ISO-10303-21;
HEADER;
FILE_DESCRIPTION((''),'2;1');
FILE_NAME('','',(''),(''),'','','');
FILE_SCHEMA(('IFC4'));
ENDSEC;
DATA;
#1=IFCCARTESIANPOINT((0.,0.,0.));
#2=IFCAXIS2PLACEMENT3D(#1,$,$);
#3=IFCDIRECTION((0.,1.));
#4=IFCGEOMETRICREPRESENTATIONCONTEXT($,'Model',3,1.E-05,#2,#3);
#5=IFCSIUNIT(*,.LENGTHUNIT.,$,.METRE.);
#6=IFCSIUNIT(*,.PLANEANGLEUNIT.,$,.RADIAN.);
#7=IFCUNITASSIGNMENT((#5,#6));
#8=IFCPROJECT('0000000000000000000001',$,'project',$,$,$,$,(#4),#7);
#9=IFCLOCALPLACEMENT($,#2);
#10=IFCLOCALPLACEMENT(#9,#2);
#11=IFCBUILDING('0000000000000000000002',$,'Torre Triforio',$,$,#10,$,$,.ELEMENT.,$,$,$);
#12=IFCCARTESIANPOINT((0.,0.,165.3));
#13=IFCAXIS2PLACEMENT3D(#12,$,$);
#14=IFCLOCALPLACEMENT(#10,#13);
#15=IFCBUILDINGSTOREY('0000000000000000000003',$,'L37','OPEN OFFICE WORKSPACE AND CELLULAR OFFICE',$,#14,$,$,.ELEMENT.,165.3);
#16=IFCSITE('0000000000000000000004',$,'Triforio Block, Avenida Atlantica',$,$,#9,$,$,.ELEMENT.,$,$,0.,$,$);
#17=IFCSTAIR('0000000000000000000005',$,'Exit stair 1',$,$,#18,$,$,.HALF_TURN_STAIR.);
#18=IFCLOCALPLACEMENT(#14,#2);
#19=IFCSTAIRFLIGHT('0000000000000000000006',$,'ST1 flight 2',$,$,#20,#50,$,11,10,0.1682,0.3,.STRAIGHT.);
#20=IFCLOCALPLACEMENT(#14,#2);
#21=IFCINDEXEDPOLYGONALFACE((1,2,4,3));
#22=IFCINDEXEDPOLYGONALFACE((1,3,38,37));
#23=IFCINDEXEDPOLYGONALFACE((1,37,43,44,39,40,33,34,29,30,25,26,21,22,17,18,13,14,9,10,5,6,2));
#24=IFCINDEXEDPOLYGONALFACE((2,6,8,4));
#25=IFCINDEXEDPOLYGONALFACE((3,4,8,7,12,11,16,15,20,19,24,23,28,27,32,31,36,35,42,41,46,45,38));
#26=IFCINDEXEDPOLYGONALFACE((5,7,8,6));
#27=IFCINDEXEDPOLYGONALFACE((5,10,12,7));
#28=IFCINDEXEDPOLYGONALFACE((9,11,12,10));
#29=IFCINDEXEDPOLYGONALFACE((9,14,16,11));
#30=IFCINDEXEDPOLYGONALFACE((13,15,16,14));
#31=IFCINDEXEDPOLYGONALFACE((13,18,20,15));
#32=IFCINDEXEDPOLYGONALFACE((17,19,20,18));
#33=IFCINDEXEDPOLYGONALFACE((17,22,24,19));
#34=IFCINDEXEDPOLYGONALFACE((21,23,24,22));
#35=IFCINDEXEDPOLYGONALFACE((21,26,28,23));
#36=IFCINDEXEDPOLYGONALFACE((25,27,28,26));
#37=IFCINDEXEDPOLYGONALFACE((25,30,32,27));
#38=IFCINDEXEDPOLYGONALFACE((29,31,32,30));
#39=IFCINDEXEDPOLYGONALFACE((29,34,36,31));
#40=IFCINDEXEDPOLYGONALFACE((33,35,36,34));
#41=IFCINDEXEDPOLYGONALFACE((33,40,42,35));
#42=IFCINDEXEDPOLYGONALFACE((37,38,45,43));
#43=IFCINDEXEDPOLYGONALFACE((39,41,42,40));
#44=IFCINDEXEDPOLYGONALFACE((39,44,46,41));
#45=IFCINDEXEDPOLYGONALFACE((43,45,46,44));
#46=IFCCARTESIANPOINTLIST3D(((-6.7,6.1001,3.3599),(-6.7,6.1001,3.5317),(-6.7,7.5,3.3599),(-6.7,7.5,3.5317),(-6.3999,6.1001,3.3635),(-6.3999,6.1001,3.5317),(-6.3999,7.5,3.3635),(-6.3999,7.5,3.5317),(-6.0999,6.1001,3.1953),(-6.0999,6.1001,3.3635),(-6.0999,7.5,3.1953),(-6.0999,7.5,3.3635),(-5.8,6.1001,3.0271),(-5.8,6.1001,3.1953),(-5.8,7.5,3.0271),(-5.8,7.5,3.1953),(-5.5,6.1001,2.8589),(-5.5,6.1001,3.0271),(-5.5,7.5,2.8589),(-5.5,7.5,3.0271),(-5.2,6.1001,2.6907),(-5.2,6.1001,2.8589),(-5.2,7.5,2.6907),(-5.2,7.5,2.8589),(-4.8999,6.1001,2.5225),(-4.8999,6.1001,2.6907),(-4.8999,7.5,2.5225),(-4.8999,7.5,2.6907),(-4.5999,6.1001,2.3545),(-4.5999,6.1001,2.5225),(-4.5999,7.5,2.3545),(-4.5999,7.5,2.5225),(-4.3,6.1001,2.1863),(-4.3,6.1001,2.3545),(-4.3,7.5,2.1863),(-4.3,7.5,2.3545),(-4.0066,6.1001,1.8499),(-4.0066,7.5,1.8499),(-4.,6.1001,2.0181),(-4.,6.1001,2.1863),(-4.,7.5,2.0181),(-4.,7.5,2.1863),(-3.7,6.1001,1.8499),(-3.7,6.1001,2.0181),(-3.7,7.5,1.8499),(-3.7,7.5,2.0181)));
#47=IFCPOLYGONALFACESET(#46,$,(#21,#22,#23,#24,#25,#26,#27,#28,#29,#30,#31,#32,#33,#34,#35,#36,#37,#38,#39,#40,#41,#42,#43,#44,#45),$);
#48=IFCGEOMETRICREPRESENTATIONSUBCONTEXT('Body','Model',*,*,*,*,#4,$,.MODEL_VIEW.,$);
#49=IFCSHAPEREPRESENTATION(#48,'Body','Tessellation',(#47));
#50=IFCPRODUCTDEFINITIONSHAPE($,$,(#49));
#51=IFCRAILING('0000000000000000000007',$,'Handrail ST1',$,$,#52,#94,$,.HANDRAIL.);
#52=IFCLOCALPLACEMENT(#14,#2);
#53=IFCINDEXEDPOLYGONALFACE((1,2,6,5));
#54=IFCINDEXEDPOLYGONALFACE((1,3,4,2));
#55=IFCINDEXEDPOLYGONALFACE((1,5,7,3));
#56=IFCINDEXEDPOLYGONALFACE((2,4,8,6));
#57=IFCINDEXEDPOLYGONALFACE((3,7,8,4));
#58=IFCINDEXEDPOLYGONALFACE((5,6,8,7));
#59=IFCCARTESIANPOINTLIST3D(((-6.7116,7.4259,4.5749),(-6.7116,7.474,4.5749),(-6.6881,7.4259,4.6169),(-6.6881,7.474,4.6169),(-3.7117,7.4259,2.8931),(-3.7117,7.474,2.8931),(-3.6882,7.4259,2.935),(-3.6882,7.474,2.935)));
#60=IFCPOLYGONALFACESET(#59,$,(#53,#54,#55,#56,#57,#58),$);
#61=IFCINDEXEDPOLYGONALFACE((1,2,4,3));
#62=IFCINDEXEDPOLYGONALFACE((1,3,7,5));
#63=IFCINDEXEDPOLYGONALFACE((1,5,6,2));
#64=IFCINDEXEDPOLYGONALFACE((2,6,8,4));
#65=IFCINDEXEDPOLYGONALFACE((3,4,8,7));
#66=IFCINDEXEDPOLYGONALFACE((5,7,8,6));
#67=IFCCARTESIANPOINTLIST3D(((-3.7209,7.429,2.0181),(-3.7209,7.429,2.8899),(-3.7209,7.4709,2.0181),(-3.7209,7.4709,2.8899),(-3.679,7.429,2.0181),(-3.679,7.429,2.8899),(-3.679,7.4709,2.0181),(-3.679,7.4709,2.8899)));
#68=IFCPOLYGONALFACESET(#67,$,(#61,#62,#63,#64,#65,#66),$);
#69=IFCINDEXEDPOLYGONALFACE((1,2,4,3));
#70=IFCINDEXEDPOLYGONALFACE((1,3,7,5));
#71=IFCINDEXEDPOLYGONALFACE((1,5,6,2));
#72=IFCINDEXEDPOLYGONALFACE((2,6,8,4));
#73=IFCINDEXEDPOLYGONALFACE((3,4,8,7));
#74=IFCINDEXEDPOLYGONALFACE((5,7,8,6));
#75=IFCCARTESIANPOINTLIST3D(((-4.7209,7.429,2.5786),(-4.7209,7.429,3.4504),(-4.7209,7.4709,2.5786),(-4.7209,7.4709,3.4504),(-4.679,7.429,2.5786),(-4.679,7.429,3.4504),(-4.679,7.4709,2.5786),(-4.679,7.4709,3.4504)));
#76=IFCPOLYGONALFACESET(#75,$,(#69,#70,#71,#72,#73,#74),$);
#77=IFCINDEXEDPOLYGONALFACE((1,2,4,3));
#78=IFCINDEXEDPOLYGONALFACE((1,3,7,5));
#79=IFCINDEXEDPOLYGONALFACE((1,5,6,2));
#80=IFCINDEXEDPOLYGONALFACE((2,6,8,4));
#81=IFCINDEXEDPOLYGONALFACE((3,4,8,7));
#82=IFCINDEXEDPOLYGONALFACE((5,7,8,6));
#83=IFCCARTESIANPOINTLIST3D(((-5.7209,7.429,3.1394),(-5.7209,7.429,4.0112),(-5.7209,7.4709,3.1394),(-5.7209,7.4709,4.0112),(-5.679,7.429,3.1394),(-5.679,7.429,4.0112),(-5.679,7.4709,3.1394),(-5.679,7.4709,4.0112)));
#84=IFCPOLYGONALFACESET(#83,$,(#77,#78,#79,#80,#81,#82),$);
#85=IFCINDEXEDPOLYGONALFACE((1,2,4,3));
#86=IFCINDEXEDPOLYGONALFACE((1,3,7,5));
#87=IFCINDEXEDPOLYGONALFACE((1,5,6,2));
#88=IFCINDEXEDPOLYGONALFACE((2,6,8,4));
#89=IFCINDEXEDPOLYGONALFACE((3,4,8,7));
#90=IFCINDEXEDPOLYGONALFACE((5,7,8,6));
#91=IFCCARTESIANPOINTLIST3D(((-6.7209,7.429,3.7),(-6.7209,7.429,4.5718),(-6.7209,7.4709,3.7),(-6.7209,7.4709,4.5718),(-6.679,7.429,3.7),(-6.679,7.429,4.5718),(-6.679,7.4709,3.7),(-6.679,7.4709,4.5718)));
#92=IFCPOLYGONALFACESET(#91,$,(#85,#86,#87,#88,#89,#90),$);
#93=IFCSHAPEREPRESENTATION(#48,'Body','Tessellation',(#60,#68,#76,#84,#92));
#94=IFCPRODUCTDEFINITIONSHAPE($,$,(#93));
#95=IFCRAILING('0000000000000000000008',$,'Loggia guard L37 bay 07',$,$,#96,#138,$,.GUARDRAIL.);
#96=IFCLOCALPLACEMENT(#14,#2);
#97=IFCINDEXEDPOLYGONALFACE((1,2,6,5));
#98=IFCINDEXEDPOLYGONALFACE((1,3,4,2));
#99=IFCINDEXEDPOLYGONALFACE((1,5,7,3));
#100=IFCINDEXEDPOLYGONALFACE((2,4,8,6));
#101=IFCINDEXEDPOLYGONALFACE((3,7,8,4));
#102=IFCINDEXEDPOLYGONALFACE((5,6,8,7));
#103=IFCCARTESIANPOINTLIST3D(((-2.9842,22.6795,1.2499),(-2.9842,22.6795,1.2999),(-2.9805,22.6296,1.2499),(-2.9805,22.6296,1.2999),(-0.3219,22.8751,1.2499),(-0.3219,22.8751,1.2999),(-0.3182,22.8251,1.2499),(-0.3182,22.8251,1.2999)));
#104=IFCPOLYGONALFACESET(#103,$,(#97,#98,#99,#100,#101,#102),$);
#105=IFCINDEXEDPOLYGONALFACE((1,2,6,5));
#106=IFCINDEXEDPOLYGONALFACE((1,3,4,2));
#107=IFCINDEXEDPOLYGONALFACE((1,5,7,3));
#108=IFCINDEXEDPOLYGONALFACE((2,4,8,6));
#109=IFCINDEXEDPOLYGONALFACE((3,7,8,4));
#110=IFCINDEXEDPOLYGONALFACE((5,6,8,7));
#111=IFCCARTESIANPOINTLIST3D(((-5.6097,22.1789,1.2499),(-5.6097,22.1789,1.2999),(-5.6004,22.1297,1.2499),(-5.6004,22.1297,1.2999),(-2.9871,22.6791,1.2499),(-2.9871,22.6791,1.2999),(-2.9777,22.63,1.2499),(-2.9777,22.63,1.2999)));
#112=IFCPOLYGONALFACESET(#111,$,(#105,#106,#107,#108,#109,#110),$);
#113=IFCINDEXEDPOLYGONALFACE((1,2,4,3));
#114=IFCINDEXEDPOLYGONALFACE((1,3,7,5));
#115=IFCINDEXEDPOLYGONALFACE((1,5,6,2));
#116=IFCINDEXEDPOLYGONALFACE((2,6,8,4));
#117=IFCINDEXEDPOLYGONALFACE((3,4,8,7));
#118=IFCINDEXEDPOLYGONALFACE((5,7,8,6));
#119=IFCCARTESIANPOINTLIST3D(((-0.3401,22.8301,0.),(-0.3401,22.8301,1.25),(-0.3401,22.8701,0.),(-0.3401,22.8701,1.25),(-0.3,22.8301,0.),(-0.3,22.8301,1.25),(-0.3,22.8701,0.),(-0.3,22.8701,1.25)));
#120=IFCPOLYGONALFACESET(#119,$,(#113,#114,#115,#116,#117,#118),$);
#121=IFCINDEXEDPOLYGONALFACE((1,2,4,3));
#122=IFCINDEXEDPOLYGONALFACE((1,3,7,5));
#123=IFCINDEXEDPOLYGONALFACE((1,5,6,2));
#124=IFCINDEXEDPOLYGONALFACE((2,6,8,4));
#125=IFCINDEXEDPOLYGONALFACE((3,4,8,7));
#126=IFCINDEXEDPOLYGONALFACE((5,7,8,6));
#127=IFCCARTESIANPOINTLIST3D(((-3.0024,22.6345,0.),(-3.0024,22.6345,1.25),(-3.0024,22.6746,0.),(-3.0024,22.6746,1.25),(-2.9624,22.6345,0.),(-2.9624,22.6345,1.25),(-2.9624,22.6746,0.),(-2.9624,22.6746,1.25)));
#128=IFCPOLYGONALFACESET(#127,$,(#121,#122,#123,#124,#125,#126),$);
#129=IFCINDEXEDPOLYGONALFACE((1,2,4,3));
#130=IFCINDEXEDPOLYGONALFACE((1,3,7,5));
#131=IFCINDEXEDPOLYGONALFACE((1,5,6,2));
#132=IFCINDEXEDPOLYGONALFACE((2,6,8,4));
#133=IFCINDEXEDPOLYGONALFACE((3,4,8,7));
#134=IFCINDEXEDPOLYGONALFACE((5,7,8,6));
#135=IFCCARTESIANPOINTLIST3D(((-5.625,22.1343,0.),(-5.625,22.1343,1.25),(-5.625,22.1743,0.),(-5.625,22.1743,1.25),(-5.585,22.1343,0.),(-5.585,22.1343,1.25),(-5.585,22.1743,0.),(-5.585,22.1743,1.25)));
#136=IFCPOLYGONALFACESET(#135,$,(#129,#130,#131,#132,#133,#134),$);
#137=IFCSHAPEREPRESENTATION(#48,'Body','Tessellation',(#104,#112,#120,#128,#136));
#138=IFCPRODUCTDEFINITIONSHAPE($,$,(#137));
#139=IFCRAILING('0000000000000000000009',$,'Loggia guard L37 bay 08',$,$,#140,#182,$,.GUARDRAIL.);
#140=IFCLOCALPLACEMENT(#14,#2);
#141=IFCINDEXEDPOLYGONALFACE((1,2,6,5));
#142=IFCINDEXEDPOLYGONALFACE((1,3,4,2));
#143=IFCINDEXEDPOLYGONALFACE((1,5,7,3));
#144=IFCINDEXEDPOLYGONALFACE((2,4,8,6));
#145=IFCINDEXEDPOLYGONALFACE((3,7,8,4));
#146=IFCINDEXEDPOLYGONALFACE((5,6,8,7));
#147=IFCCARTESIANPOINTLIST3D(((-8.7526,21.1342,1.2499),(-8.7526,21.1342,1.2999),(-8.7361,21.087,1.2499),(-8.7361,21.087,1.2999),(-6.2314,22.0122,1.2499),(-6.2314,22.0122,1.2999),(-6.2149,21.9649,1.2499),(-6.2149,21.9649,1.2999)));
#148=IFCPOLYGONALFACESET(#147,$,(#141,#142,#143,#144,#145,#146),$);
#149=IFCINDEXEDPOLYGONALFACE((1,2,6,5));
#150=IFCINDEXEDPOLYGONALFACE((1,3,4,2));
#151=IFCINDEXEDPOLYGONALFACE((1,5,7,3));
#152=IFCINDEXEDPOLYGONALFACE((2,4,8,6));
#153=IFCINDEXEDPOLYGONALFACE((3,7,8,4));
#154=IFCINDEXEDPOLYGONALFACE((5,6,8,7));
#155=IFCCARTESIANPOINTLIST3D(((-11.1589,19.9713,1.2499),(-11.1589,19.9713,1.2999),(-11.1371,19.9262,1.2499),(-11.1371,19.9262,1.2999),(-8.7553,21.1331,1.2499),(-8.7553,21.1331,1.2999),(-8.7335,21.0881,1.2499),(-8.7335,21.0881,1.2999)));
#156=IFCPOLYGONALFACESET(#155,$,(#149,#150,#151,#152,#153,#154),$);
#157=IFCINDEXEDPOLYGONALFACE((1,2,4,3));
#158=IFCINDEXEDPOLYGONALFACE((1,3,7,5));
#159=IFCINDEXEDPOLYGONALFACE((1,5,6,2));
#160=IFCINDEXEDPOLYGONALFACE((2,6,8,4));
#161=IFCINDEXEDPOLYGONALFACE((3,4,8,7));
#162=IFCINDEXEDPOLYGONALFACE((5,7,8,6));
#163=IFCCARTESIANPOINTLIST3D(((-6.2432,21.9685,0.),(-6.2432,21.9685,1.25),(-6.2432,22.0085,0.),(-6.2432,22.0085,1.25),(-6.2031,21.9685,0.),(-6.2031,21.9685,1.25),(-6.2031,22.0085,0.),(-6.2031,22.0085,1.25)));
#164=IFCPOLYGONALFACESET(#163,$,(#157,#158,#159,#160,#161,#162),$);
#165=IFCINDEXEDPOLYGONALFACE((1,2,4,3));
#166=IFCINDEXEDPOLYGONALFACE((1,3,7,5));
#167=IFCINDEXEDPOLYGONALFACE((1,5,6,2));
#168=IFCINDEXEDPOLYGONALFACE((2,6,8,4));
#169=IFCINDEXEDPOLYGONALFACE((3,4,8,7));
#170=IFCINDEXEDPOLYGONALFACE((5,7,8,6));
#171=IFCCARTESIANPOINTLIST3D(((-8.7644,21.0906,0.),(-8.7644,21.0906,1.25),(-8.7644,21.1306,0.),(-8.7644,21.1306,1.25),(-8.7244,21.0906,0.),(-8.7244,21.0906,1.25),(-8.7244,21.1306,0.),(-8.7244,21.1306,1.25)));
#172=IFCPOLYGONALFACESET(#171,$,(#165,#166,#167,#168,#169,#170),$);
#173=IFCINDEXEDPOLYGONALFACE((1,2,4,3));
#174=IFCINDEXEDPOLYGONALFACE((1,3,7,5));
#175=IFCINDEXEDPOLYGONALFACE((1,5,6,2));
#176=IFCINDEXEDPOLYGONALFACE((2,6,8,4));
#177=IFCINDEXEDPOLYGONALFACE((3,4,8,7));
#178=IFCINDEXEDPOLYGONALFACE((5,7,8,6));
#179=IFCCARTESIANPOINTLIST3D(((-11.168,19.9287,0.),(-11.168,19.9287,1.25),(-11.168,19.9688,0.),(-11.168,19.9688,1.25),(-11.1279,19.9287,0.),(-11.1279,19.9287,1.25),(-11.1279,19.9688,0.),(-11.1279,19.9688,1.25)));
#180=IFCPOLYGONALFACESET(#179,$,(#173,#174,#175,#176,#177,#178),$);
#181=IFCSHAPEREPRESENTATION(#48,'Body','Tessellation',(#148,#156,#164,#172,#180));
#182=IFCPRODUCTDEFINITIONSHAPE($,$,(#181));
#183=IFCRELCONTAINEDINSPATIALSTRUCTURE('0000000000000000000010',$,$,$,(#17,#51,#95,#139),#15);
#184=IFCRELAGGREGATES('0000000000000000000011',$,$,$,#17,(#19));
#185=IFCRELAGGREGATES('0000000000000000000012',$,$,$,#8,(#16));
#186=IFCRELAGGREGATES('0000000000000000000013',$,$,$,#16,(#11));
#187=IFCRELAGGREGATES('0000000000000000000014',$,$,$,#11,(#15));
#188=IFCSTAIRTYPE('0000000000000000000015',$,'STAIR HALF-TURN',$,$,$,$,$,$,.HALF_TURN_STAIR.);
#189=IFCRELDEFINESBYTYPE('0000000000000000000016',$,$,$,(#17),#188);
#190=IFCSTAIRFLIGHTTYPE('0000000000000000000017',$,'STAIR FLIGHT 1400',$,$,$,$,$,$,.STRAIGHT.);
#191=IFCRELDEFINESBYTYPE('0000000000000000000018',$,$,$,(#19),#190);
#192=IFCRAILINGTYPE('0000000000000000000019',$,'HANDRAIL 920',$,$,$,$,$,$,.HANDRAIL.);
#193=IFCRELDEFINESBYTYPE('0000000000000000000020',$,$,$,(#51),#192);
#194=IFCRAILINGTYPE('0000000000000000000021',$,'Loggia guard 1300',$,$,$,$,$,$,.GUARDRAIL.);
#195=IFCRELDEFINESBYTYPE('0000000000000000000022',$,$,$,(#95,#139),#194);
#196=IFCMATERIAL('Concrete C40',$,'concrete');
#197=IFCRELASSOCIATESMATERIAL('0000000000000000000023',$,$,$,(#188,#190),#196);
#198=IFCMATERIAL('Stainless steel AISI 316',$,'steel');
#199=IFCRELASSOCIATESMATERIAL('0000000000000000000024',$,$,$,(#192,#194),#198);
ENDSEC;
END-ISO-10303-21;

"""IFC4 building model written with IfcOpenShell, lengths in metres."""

from ifc_helpers import new_model, si_unit, direction, frame, origin, origin_2d, place, context, subcontext, project, spatial, polyline, rectangle, outline, extrude, material, type_object, element, aggregate, save


model = new_model("IFC4")

# Units and contexts
model_context = context("Model", 3, precision=1e-05, world=origin(), true_north=direction((0.0, 1.0)))
body_context = subcontext(model_context, "Body", "Model", "MODEL_VIEW")
ifc_project = project(units=[si_unit("LENGTHUNIT", "METRE"), si_unit("PLANEANGLEUNIT", "RADIAN")], contexts=[model_context])

# Site, building, storey
site_placement = place(None, origin())
site = spatial("IfcSite", under=ifc_project, at=site_placement, Name="Triforio Block, Avenida Atlantica", CompositionType="ELEMENT", RefElevation=0.0)
building_placement = place(site_placement, origin())
building = spatial("IfcBuilding", under=site, at=building_placement, Name="Torre Triforio", CompositionType="ELEMENT")
storey_placement = place(building_placement, frame((0.0, 0.0, 165.3)))
storey = spatial("IfcBuildingStorey", under=building, at=storey_placement, Name="L37", Description="OPEN OFFICE WORKSPACE AND CELLULAR OFFICE", CompositionType="ELEMENT", Elevation=165.3)

# Shared definitions
ifc_material_1 = material(Name="Concrete C40", Category="concrete")

# Stair, stair flight
stair_type = type_object("IfcStairType", Name="STAIR HALF-TURN", PredefinedType="HALF_TURN_STAIR", material=ifc_material_1)
stair_placement = place(storey_placement, origin())
stair = element("IfcStair", 1, at=stair_placement, inside=storey, type_object=stair_type, Name="Exit stair 1", PredefinedType="HALF_TURN_STAIR")
stair_flight_type = type_object("IfcStairFlightType", Name="STAIR FLIGHT 1400", PredefinedType="STRAIGHT", material=ifc_material_1)
stair_flight_placement = place(storey_placement, frame((-3.7, 6.8, 1.8499), z_axis=(0.0, 0.0, 1.0), x_axis=(-1.0, 0.0, 0.0)))
stair_flight = element("IfcStairFlight", 2, at=stair_flight_placement, type_object=stair_flight_type, Name="ST1 flight 2", NumberOfRisers=11, NumberOfTreads=10, PredefinedType="STRAIGHT", RiserHeight=0.1682, TreadLength=0.3, context=body_context, shape_type="SweptSolid", body=[
    extrude(outline(polyline([(0.0, 0.0), (0.0, 0.1682), (0.3, 0.1682), (0.3, 0.3364), (0.6001, 0.3364), (0.6001, 0.5046), (0.8999, 0.5046), (0.8999, 0.6726), (1.2, 0.6726), (1.2, 0.8408), (1.5, 0.8408), (1.5, 1.009), (1.8, 1.009), (1.8, 1.1772), (2.1001, 1.1772), (2.1001, 1.3455), (2.3999, 1.3455), (2.3999, 1.5137), (2.7, 1.5137), (2.7, 1.6819), (3.0, 1.6819), (3.0, 1.8501), (3.0, 1.51), (0.3066, 0.0), (0.0, 0.0)])), frame((0.0, 0.7, 0.0), z_axis=(0.0, -1.0, 0.0), x_axis=(1.0, 0.0, 0.0)), (0.0, 0.0, 1.0), 1.3999),
])
aggregate(stair, [stair_flight])

# Railings
ifc_material_2 = material(Name="Stainless steel AISI 316", Category="steel")
railing_type_1 = type_object("IfcRailingType", Name="HANDRAIL 920", PredefinedType="HANDRAIL", material=ifc_material_2)
railing_1_placement = place(storey_placement, frame((-3.7, 7.45, 2.0181)))
element("IfcRailing", 3, at=railing_1_placement, inside=storey, type_object=railing_type_1, Name="Handrail ST1", PredefinedType="HANDRAIL", context=body_context, shape_type="SweptSolid", body=[
    extrude(rectangle(XDim=0.0481, YDim=0.0481, at=origin_2d()), frame((0.0, 0.0, 0.896), z_axis=(-0.872272, 0.0, 0.48902), x_axis=(0.0, -1.0, 0.0)), (0.0, 0.0, 1.0), 3.4392),
    extrude(rectangle(XDim=0.042, YDim=0.042, at=origin_2d()), origin(), (0.0, 0.0, 1.0), 0.8718),
    extrude(rectangle(XDim=0.042, YDim=0.042, at=origin_2d()), frame((-1.0, 0.0, 0.5605)), (0.0, 0.0, 1.0), 0.8718),
    extrude(rectangle(XDim=0.042, YDim=0.042, at=origin_2d()), frame((-2.0, 0.0, 1.1213)), (0.0, 0.0, 1.0), 0.8718),
    extrude(rectangle(XDim=0.042, YDim=0.042, at=origin_2d()), frame((-3.0, 0.0, 1.6819)), (0.0, 0.0, 1.0), 0.8718),
])
railing_type_2 = type_object("IfcRailingType", Name="Loggia guard 1300", PredefinedType="GUARDRAIL", material=ifc_material_2)
railing_2_placement = place(storey_placement, frame((-0.3201, 22.8501, 0.0)))
element("IfcRailing", 4, at=railing_2_placement, inside=storey, type_object=railing_type_2, Name="Loggia guard L37 bay 07", PredefinedType="GUARDRAIL", context=body_context, shape_type="SweptSolid", body=[
    extrude(rectangle(XDim=0.05, YDim=0.05, at=origin_2d()), frame((0.0, 0.0, 1.2749), z_axis=(-0.997313, -0.073255, 0.0), x_axis=(0.073255, -0.997313, 0.0)), (0.0, 0.0, 1.0), 2.6694),
    extrude(rectangle(XDim=0.05, YDim=0.05, at=origin_2d()), frame((-2.6624, -0.1956, 1.2749), z_axis=(-0.98229, -0.187368, 0.0), x_axis=(0.187368, -0.98229, 0.0)), (0.0, 0.0, 1.0), 2.6699),
    extrude(rectangle(XDim=0.04, YDim=0.04, at=origin_2d()), origin(), (0.0, 0.0, 1.0), 1.25),
    extrude(rectangle(XDim=0.04, YDim=0.04, at=origin_2d()), frame((-2.6624, -0.1956, 0.0)), (0.0, 0.0, 1.0), 1.25),
    extrude(rectangle(XDim=0.04, YDim=0.04, at=origin_2d()), frame((-5.2849, -0.6958, 0.0)), (0.0, 0.0, 1.0), 1.25),
])
railing_3_placement = place(storey_placement, frame((-6.2231, 21.9885, 0.0)))
element("IfcRailing", 5, at=railing_3_placement, inside=storey, type_object=railing_type_2, Name="Loggia guard L37 bay 08", PredefinedType="GUARDRAIL", context=body_context, shape_type="SweptSolid", body=[
    extrude(rectangle(XDim=0.05, YDim=0.05, at=origin_2d()), frame((0.0, 0.0, 1.2749), z_axis=(-0.944383, -0.328847, 0.0), x_axis=(0.328847, -0.944383, 0.0)), (0.0, 0.0, 1.0), 2.6697),
    extrude(rectangle(XDim=0.05, YDim=0.05, at=origin_2d()), frame((-2.5212, -0.8779, 1.2749), z_axis=(-0.900328, -0.435212, 0.0), x_axis=(0.435212, -0.900328, 0.0)), (0.0, 0.0, 1.0), 2.6697),
    extrude(rectangle(XDim=0.04, YDim=0.04, at=origin_2d()), origin(), (0.0, 0.0, 1.0), 1.25),
    extrude(rectangle(XDim=0.04, YDim=0.04, at=origin_2d()), frame((-2.5212, -0.8779, 0.0)), (0.0, 0.0, 1.0), 1.25),
    extrude(rectangle(XDim=0.04, YDim=0.04, at=origin_2d()), frame((-4.9248, -2.0398, 0.0)), (0.0, 0.0, 1.0), 1.25),
])

save(model, "model.ifc")
